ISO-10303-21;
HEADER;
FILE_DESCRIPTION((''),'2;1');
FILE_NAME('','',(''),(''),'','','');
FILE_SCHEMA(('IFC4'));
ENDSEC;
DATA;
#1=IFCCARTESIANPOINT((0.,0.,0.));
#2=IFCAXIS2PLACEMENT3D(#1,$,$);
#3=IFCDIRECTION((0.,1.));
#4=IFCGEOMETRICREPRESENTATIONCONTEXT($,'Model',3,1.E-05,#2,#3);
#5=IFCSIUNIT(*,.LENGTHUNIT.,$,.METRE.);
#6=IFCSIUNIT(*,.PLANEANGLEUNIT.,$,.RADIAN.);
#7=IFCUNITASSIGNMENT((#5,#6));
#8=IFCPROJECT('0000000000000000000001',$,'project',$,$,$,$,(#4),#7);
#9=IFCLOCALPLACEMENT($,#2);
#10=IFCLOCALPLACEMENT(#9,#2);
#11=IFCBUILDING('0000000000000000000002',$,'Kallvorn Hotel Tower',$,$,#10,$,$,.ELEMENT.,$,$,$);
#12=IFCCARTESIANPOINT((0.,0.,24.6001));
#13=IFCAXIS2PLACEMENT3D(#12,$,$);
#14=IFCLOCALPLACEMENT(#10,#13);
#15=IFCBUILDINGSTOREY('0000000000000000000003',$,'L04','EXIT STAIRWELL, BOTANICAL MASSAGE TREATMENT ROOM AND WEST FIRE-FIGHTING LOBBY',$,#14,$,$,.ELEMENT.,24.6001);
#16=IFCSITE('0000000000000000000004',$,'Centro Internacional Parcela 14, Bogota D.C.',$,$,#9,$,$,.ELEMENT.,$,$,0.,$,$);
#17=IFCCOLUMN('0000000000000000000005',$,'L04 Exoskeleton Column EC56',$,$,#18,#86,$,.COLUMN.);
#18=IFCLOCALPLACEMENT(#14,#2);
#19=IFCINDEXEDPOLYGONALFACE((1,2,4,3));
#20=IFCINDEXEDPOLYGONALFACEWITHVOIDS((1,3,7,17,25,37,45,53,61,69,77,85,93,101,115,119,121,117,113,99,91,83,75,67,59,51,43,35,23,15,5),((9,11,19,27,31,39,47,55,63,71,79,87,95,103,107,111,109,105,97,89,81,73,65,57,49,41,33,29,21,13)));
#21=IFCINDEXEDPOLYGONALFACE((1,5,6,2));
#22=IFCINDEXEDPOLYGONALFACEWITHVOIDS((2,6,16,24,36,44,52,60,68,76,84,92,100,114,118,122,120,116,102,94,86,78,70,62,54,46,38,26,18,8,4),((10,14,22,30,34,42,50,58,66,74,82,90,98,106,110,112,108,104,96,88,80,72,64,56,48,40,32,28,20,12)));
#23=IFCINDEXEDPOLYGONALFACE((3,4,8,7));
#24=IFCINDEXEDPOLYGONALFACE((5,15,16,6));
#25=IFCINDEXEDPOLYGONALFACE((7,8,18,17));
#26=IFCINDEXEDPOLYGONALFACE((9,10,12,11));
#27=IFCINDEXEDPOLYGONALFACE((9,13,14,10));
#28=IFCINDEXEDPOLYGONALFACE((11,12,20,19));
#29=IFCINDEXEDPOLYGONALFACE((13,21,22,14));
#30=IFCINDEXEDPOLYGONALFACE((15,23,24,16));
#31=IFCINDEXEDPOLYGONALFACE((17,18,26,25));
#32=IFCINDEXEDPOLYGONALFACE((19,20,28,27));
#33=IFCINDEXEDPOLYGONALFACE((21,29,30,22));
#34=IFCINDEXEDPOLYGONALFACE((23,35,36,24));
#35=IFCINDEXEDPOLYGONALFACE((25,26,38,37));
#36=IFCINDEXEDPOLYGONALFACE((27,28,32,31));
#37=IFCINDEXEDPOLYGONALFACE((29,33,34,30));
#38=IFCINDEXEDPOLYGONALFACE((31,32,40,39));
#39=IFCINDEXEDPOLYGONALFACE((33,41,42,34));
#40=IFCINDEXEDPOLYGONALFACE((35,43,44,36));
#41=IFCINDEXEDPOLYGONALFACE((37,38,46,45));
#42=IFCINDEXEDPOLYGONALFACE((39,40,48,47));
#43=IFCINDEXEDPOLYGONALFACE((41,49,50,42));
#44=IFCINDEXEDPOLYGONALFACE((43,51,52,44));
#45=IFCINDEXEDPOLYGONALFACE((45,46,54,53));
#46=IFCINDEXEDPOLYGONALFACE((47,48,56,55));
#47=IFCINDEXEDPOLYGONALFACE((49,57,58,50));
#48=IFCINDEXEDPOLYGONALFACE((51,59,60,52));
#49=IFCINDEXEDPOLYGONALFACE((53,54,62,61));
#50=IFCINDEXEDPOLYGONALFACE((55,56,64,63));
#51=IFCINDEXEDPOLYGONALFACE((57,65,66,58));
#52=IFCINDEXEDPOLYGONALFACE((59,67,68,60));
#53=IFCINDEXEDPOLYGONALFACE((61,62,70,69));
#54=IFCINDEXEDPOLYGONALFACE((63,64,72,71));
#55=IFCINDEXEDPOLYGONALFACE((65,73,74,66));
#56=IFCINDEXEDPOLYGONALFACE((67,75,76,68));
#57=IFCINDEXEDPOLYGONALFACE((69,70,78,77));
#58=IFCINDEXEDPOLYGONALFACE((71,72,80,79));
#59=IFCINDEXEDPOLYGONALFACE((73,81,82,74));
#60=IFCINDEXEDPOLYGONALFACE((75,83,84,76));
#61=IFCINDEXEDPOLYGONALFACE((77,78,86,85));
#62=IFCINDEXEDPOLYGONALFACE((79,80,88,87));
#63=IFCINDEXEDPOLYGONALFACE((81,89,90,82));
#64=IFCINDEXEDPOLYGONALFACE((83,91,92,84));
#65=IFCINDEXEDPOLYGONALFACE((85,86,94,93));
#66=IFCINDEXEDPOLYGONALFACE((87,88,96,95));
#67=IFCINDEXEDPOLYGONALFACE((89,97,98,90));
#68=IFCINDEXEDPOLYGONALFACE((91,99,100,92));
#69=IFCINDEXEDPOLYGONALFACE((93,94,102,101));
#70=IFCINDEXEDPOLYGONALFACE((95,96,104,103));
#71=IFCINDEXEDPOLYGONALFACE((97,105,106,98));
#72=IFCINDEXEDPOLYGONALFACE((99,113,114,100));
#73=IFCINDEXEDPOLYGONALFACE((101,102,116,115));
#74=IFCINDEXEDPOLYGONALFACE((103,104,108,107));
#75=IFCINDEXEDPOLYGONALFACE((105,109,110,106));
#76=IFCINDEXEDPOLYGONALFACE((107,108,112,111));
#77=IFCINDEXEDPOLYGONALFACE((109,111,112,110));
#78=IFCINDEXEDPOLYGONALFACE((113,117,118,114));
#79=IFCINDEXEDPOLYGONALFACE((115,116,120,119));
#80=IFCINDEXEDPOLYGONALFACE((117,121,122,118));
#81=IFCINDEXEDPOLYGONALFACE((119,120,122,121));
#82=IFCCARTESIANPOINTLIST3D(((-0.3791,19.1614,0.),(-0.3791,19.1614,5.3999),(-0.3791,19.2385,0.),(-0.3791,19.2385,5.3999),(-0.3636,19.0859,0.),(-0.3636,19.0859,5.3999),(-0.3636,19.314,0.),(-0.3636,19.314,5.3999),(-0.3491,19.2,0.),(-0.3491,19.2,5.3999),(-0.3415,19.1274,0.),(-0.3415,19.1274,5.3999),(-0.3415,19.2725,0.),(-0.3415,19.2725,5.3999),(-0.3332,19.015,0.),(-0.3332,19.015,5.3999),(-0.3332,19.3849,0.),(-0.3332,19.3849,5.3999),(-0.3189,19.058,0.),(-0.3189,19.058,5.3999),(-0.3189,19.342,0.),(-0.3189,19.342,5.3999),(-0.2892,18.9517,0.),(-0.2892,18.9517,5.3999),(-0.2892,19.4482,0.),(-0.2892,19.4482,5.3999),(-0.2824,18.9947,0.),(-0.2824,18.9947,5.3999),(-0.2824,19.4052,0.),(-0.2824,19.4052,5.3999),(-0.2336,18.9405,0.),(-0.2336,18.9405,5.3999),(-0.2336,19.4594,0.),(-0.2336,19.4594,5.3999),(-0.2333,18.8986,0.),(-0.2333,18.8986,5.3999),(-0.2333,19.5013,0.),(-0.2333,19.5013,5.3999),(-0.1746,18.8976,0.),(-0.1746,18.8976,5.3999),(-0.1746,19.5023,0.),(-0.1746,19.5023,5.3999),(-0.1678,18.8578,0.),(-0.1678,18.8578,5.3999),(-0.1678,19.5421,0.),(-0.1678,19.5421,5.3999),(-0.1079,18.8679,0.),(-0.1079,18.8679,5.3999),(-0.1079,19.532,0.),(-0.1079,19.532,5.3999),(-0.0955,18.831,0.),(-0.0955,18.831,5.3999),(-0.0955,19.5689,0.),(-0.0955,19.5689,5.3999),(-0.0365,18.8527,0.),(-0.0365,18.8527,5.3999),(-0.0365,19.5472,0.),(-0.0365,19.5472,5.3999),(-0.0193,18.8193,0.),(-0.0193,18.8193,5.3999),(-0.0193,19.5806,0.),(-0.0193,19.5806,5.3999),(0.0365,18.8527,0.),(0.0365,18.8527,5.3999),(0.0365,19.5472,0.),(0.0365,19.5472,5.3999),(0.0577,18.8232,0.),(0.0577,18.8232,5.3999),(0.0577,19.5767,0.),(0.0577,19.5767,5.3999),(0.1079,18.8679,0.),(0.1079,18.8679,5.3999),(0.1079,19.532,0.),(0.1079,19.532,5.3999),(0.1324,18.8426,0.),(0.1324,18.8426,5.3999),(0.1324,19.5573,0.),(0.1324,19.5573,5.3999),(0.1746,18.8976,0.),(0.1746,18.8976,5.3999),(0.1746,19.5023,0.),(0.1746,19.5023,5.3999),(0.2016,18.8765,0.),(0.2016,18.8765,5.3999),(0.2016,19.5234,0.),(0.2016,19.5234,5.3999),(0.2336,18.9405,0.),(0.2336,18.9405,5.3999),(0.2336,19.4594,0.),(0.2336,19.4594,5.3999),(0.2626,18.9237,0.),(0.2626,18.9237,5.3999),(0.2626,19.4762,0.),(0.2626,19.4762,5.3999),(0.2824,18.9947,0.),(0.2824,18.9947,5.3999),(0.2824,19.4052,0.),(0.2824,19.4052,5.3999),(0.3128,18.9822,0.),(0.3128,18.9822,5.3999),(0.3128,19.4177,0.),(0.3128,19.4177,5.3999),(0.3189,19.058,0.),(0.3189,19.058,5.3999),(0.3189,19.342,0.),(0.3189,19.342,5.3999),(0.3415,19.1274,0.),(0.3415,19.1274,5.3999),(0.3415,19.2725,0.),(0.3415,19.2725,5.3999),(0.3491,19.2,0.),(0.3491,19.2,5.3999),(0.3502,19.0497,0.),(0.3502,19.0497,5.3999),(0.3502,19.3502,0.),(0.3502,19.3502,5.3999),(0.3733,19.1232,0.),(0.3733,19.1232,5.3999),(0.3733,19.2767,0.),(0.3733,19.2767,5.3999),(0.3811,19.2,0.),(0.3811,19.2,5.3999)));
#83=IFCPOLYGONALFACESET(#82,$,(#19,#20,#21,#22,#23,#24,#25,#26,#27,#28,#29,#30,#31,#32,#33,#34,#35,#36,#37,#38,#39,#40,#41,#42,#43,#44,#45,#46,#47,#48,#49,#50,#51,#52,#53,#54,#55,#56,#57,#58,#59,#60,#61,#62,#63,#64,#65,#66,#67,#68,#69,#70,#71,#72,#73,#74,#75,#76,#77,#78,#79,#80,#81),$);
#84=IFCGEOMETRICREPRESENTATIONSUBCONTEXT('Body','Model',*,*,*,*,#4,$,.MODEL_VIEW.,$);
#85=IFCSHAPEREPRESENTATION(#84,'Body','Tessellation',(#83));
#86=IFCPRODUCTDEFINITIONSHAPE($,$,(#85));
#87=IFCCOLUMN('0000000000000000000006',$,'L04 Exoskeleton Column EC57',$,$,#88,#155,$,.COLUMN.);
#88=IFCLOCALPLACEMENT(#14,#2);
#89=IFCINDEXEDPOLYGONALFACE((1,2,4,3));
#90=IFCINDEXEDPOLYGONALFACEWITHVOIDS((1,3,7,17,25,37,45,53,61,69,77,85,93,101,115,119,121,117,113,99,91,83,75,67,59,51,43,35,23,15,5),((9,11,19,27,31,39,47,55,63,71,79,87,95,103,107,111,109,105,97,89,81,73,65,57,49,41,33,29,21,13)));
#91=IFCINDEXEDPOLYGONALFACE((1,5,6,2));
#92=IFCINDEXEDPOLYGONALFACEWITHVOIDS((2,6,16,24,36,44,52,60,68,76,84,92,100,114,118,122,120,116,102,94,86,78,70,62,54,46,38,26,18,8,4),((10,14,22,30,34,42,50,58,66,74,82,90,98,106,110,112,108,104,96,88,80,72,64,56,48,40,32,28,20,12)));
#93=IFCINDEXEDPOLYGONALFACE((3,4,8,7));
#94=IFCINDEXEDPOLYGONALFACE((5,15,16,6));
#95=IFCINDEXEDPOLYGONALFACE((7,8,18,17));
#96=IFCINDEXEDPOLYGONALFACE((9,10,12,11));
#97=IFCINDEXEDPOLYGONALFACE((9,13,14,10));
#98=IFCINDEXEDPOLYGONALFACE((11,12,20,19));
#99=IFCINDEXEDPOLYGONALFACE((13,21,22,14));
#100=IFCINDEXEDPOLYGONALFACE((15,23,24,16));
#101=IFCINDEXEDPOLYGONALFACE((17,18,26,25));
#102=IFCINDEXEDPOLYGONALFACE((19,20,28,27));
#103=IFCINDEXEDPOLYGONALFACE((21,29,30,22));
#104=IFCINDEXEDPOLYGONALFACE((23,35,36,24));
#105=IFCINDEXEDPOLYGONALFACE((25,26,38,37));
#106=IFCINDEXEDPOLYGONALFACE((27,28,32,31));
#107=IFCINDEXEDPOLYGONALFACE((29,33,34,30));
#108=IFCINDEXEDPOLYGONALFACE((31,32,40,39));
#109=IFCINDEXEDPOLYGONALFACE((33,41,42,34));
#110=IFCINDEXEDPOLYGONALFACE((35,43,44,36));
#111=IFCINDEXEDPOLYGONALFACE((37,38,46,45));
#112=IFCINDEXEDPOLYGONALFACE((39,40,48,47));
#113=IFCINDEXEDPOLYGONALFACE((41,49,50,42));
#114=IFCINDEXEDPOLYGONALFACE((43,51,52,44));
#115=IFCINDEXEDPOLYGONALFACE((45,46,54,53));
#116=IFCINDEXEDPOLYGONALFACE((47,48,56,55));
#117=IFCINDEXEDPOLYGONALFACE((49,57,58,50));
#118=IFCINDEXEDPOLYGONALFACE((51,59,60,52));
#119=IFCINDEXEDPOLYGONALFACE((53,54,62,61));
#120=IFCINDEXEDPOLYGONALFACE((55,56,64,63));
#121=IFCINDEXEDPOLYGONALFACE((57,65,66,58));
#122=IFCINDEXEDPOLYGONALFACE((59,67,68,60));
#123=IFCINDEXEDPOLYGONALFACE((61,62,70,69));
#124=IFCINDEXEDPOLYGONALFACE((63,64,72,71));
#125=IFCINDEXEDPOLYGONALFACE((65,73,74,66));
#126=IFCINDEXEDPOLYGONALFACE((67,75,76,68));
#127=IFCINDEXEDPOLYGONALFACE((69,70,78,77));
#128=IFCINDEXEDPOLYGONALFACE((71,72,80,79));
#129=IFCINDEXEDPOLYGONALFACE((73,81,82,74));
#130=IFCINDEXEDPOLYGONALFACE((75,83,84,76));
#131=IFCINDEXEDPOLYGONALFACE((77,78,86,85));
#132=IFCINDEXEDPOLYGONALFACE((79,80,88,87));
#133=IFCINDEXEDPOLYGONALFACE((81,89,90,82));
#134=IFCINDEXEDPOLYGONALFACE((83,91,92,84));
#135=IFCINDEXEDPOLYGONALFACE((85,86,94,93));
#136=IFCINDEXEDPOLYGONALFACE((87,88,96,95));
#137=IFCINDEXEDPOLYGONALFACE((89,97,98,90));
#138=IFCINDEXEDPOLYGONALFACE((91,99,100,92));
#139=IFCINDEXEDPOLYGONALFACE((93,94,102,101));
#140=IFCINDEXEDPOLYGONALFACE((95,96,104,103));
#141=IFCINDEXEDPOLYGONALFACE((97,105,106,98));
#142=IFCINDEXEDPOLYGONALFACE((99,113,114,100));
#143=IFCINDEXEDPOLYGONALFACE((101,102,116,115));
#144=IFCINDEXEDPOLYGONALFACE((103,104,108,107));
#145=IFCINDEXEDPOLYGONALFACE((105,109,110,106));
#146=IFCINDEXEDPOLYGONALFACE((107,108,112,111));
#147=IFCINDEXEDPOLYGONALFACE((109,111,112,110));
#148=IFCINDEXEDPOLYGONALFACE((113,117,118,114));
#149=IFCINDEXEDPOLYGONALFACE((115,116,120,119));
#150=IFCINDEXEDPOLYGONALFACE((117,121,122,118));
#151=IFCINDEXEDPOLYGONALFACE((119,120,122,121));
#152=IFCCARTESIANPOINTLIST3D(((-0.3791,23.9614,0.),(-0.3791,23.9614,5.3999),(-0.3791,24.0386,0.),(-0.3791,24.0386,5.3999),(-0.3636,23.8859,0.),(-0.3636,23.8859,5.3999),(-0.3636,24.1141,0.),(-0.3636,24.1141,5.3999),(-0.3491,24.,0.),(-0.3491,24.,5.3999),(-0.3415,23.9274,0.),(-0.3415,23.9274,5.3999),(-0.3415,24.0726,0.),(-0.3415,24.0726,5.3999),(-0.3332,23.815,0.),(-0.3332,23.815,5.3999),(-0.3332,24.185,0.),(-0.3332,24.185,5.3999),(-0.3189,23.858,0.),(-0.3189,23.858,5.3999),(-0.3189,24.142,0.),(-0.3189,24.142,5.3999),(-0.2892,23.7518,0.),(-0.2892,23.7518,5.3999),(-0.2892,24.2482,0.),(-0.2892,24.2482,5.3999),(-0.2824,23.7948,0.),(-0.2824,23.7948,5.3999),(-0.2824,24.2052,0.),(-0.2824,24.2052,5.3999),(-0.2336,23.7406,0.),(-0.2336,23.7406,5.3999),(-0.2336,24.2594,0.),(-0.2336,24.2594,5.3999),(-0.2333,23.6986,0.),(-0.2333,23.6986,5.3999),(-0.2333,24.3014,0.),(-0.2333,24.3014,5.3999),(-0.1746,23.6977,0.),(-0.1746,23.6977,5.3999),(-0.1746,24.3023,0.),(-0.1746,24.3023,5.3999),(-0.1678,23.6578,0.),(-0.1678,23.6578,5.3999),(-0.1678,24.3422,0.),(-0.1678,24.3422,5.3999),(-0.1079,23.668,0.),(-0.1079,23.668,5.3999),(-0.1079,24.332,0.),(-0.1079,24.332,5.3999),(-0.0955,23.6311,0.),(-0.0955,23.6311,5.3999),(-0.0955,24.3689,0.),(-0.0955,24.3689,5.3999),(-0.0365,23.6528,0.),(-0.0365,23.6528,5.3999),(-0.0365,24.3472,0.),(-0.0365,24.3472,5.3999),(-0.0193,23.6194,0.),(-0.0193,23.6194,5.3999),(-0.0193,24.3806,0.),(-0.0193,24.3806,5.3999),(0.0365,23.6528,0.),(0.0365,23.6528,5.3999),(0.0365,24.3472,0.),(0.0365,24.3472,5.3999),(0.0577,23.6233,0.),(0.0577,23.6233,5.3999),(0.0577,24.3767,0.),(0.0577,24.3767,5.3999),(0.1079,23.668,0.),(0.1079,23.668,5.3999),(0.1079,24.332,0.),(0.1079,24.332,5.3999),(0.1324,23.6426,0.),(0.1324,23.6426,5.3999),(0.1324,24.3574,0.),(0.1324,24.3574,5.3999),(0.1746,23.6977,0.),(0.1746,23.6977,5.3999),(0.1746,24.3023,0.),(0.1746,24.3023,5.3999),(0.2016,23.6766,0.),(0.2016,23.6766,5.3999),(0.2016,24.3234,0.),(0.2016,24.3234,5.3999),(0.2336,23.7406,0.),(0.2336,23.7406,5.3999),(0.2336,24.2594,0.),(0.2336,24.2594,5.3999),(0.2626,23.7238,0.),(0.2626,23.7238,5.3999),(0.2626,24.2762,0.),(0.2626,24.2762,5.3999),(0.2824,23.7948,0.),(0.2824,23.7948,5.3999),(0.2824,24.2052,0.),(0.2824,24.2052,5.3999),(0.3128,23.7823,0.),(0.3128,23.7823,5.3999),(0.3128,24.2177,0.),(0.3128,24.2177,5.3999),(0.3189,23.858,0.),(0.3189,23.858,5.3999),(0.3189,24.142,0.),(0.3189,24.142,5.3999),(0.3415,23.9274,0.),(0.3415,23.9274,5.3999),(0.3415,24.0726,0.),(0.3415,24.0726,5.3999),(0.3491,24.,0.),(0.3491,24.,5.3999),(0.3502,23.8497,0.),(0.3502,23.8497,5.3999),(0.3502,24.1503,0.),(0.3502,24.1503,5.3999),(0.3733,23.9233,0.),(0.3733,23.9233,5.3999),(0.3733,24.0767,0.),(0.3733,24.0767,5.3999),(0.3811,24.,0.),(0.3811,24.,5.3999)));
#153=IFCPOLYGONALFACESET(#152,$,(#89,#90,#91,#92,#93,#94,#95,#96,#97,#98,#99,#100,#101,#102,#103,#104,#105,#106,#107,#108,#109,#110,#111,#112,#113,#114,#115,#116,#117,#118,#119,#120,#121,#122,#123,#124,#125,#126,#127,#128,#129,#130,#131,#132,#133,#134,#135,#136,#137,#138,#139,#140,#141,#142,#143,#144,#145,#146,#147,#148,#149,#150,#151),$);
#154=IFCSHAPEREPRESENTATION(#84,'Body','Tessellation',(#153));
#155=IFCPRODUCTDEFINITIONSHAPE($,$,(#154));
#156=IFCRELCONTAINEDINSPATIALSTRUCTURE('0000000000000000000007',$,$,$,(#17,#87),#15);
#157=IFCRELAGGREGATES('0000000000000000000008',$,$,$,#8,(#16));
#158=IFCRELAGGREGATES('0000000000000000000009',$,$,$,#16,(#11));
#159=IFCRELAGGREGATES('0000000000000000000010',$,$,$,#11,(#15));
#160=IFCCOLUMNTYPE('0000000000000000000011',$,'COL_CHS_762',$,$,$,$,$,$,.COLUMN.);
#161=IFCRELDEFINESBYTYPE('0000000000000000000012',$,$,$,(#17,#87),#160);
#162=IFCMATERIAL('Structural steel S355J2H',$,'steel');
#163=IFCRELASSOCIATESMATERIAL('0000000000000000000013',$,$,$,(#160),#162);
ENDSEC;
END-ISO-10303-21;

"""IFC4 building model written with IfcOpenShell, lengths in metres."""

from ifc_helpers import new_model, si_unit, direction, frame, origin, origin_2d, place, context, subcontext, project, spatial, hollow_circle, extrude, material, material_profile, profile_set, type_object, element, save


model = new_model("IFC4")

# Units and contexts
model_context = context("Model", 3, precision=1e-05, world=origin(), true_north=direction((0.0, 1.0)))
body_context = subcontext(model_context, "Body", "Model", "MODEL_VIEW")
ifc_project = project(units=[si_unit("LENGTHUNIT", "METRE"), si_unit("PLANEANGLEUNIT", "RADIAN")], contexts=[model_context])

# Site, building, storey
site_placement = place(None, origin())
site = spatial("IfcSite", under=ifc_project, at=site_placement, Name="Centro Internacional Parcela 14, Bogota D.C.", CompositionType="ELEMENT", RefElevation=0.0)
building_placement = place(site_placement, origin())
building = spatial("IfcBuilding", under=site, at=building_placement, Name="Kallvorn Hotel Tower", CompositionType="ELEMENT")
storey_placement = place(building_placement, frame((0.0, 0.0, 24.6001)))
storey = spatial("IfcBuildingStorey", under=building, at=storey_placement, Name="L04", Description="EXIT STAIRWELL, BOTANICAL MASSAGE TREATMENT ROOM AND WEST FIRE-FIGHTING LOBBY", CompositionType="ELEMENT", Elevation=24.6001)

# Columns
ifc_material_1 = material(Name="Structural steel S355J2H", Category="steel")
ifc_material_profile_1 = material_profile(ifc_material_1, hollow_circle(Radius=0.3811, WallThickness=0.032, at=origin_2d()), Name="CHS 762x32")
ifc_profile_set_1 = profile_set([ifc_material_profile_1], Name="Structural steel S355J2H")
column_type_1 = type_object("IfcColumnType", Name="COL_CHS_762", PredefinedType="COLUMN", material=ifc_profile_set_1)
for number, where, z_axis, x_axis, name in (
    (1, (0.0, 19.2, 0.0), (0.0, 0.0, 1.0), (1.0, 0.0, 0.0), "L04 Exoskeleton Column EC56"),
    (2, (0.0, 24.0, 0.0), (0.0, 0.0, 1.0), (1.0, 0.0, 0.0), "L04 Exoskeleton Column EC57"),
):
    element("IfcColumn", number, at=place(storey_placement, frame(where, z_axis=z_axis, x_axis=x_axis)), inside=storey, type_object=column_type_1, Name=name, PredefinedType="COLUMN", context=body_context, shape_type="SweptSolid", body=[
        extrude(hollow_circle(Radius=0.3811, WallThickness=0.032, at=origin_2d()), origin(), (0.0, 0.0, 1.0), 5.3999),
    ])

save(model, "model.ifc")
